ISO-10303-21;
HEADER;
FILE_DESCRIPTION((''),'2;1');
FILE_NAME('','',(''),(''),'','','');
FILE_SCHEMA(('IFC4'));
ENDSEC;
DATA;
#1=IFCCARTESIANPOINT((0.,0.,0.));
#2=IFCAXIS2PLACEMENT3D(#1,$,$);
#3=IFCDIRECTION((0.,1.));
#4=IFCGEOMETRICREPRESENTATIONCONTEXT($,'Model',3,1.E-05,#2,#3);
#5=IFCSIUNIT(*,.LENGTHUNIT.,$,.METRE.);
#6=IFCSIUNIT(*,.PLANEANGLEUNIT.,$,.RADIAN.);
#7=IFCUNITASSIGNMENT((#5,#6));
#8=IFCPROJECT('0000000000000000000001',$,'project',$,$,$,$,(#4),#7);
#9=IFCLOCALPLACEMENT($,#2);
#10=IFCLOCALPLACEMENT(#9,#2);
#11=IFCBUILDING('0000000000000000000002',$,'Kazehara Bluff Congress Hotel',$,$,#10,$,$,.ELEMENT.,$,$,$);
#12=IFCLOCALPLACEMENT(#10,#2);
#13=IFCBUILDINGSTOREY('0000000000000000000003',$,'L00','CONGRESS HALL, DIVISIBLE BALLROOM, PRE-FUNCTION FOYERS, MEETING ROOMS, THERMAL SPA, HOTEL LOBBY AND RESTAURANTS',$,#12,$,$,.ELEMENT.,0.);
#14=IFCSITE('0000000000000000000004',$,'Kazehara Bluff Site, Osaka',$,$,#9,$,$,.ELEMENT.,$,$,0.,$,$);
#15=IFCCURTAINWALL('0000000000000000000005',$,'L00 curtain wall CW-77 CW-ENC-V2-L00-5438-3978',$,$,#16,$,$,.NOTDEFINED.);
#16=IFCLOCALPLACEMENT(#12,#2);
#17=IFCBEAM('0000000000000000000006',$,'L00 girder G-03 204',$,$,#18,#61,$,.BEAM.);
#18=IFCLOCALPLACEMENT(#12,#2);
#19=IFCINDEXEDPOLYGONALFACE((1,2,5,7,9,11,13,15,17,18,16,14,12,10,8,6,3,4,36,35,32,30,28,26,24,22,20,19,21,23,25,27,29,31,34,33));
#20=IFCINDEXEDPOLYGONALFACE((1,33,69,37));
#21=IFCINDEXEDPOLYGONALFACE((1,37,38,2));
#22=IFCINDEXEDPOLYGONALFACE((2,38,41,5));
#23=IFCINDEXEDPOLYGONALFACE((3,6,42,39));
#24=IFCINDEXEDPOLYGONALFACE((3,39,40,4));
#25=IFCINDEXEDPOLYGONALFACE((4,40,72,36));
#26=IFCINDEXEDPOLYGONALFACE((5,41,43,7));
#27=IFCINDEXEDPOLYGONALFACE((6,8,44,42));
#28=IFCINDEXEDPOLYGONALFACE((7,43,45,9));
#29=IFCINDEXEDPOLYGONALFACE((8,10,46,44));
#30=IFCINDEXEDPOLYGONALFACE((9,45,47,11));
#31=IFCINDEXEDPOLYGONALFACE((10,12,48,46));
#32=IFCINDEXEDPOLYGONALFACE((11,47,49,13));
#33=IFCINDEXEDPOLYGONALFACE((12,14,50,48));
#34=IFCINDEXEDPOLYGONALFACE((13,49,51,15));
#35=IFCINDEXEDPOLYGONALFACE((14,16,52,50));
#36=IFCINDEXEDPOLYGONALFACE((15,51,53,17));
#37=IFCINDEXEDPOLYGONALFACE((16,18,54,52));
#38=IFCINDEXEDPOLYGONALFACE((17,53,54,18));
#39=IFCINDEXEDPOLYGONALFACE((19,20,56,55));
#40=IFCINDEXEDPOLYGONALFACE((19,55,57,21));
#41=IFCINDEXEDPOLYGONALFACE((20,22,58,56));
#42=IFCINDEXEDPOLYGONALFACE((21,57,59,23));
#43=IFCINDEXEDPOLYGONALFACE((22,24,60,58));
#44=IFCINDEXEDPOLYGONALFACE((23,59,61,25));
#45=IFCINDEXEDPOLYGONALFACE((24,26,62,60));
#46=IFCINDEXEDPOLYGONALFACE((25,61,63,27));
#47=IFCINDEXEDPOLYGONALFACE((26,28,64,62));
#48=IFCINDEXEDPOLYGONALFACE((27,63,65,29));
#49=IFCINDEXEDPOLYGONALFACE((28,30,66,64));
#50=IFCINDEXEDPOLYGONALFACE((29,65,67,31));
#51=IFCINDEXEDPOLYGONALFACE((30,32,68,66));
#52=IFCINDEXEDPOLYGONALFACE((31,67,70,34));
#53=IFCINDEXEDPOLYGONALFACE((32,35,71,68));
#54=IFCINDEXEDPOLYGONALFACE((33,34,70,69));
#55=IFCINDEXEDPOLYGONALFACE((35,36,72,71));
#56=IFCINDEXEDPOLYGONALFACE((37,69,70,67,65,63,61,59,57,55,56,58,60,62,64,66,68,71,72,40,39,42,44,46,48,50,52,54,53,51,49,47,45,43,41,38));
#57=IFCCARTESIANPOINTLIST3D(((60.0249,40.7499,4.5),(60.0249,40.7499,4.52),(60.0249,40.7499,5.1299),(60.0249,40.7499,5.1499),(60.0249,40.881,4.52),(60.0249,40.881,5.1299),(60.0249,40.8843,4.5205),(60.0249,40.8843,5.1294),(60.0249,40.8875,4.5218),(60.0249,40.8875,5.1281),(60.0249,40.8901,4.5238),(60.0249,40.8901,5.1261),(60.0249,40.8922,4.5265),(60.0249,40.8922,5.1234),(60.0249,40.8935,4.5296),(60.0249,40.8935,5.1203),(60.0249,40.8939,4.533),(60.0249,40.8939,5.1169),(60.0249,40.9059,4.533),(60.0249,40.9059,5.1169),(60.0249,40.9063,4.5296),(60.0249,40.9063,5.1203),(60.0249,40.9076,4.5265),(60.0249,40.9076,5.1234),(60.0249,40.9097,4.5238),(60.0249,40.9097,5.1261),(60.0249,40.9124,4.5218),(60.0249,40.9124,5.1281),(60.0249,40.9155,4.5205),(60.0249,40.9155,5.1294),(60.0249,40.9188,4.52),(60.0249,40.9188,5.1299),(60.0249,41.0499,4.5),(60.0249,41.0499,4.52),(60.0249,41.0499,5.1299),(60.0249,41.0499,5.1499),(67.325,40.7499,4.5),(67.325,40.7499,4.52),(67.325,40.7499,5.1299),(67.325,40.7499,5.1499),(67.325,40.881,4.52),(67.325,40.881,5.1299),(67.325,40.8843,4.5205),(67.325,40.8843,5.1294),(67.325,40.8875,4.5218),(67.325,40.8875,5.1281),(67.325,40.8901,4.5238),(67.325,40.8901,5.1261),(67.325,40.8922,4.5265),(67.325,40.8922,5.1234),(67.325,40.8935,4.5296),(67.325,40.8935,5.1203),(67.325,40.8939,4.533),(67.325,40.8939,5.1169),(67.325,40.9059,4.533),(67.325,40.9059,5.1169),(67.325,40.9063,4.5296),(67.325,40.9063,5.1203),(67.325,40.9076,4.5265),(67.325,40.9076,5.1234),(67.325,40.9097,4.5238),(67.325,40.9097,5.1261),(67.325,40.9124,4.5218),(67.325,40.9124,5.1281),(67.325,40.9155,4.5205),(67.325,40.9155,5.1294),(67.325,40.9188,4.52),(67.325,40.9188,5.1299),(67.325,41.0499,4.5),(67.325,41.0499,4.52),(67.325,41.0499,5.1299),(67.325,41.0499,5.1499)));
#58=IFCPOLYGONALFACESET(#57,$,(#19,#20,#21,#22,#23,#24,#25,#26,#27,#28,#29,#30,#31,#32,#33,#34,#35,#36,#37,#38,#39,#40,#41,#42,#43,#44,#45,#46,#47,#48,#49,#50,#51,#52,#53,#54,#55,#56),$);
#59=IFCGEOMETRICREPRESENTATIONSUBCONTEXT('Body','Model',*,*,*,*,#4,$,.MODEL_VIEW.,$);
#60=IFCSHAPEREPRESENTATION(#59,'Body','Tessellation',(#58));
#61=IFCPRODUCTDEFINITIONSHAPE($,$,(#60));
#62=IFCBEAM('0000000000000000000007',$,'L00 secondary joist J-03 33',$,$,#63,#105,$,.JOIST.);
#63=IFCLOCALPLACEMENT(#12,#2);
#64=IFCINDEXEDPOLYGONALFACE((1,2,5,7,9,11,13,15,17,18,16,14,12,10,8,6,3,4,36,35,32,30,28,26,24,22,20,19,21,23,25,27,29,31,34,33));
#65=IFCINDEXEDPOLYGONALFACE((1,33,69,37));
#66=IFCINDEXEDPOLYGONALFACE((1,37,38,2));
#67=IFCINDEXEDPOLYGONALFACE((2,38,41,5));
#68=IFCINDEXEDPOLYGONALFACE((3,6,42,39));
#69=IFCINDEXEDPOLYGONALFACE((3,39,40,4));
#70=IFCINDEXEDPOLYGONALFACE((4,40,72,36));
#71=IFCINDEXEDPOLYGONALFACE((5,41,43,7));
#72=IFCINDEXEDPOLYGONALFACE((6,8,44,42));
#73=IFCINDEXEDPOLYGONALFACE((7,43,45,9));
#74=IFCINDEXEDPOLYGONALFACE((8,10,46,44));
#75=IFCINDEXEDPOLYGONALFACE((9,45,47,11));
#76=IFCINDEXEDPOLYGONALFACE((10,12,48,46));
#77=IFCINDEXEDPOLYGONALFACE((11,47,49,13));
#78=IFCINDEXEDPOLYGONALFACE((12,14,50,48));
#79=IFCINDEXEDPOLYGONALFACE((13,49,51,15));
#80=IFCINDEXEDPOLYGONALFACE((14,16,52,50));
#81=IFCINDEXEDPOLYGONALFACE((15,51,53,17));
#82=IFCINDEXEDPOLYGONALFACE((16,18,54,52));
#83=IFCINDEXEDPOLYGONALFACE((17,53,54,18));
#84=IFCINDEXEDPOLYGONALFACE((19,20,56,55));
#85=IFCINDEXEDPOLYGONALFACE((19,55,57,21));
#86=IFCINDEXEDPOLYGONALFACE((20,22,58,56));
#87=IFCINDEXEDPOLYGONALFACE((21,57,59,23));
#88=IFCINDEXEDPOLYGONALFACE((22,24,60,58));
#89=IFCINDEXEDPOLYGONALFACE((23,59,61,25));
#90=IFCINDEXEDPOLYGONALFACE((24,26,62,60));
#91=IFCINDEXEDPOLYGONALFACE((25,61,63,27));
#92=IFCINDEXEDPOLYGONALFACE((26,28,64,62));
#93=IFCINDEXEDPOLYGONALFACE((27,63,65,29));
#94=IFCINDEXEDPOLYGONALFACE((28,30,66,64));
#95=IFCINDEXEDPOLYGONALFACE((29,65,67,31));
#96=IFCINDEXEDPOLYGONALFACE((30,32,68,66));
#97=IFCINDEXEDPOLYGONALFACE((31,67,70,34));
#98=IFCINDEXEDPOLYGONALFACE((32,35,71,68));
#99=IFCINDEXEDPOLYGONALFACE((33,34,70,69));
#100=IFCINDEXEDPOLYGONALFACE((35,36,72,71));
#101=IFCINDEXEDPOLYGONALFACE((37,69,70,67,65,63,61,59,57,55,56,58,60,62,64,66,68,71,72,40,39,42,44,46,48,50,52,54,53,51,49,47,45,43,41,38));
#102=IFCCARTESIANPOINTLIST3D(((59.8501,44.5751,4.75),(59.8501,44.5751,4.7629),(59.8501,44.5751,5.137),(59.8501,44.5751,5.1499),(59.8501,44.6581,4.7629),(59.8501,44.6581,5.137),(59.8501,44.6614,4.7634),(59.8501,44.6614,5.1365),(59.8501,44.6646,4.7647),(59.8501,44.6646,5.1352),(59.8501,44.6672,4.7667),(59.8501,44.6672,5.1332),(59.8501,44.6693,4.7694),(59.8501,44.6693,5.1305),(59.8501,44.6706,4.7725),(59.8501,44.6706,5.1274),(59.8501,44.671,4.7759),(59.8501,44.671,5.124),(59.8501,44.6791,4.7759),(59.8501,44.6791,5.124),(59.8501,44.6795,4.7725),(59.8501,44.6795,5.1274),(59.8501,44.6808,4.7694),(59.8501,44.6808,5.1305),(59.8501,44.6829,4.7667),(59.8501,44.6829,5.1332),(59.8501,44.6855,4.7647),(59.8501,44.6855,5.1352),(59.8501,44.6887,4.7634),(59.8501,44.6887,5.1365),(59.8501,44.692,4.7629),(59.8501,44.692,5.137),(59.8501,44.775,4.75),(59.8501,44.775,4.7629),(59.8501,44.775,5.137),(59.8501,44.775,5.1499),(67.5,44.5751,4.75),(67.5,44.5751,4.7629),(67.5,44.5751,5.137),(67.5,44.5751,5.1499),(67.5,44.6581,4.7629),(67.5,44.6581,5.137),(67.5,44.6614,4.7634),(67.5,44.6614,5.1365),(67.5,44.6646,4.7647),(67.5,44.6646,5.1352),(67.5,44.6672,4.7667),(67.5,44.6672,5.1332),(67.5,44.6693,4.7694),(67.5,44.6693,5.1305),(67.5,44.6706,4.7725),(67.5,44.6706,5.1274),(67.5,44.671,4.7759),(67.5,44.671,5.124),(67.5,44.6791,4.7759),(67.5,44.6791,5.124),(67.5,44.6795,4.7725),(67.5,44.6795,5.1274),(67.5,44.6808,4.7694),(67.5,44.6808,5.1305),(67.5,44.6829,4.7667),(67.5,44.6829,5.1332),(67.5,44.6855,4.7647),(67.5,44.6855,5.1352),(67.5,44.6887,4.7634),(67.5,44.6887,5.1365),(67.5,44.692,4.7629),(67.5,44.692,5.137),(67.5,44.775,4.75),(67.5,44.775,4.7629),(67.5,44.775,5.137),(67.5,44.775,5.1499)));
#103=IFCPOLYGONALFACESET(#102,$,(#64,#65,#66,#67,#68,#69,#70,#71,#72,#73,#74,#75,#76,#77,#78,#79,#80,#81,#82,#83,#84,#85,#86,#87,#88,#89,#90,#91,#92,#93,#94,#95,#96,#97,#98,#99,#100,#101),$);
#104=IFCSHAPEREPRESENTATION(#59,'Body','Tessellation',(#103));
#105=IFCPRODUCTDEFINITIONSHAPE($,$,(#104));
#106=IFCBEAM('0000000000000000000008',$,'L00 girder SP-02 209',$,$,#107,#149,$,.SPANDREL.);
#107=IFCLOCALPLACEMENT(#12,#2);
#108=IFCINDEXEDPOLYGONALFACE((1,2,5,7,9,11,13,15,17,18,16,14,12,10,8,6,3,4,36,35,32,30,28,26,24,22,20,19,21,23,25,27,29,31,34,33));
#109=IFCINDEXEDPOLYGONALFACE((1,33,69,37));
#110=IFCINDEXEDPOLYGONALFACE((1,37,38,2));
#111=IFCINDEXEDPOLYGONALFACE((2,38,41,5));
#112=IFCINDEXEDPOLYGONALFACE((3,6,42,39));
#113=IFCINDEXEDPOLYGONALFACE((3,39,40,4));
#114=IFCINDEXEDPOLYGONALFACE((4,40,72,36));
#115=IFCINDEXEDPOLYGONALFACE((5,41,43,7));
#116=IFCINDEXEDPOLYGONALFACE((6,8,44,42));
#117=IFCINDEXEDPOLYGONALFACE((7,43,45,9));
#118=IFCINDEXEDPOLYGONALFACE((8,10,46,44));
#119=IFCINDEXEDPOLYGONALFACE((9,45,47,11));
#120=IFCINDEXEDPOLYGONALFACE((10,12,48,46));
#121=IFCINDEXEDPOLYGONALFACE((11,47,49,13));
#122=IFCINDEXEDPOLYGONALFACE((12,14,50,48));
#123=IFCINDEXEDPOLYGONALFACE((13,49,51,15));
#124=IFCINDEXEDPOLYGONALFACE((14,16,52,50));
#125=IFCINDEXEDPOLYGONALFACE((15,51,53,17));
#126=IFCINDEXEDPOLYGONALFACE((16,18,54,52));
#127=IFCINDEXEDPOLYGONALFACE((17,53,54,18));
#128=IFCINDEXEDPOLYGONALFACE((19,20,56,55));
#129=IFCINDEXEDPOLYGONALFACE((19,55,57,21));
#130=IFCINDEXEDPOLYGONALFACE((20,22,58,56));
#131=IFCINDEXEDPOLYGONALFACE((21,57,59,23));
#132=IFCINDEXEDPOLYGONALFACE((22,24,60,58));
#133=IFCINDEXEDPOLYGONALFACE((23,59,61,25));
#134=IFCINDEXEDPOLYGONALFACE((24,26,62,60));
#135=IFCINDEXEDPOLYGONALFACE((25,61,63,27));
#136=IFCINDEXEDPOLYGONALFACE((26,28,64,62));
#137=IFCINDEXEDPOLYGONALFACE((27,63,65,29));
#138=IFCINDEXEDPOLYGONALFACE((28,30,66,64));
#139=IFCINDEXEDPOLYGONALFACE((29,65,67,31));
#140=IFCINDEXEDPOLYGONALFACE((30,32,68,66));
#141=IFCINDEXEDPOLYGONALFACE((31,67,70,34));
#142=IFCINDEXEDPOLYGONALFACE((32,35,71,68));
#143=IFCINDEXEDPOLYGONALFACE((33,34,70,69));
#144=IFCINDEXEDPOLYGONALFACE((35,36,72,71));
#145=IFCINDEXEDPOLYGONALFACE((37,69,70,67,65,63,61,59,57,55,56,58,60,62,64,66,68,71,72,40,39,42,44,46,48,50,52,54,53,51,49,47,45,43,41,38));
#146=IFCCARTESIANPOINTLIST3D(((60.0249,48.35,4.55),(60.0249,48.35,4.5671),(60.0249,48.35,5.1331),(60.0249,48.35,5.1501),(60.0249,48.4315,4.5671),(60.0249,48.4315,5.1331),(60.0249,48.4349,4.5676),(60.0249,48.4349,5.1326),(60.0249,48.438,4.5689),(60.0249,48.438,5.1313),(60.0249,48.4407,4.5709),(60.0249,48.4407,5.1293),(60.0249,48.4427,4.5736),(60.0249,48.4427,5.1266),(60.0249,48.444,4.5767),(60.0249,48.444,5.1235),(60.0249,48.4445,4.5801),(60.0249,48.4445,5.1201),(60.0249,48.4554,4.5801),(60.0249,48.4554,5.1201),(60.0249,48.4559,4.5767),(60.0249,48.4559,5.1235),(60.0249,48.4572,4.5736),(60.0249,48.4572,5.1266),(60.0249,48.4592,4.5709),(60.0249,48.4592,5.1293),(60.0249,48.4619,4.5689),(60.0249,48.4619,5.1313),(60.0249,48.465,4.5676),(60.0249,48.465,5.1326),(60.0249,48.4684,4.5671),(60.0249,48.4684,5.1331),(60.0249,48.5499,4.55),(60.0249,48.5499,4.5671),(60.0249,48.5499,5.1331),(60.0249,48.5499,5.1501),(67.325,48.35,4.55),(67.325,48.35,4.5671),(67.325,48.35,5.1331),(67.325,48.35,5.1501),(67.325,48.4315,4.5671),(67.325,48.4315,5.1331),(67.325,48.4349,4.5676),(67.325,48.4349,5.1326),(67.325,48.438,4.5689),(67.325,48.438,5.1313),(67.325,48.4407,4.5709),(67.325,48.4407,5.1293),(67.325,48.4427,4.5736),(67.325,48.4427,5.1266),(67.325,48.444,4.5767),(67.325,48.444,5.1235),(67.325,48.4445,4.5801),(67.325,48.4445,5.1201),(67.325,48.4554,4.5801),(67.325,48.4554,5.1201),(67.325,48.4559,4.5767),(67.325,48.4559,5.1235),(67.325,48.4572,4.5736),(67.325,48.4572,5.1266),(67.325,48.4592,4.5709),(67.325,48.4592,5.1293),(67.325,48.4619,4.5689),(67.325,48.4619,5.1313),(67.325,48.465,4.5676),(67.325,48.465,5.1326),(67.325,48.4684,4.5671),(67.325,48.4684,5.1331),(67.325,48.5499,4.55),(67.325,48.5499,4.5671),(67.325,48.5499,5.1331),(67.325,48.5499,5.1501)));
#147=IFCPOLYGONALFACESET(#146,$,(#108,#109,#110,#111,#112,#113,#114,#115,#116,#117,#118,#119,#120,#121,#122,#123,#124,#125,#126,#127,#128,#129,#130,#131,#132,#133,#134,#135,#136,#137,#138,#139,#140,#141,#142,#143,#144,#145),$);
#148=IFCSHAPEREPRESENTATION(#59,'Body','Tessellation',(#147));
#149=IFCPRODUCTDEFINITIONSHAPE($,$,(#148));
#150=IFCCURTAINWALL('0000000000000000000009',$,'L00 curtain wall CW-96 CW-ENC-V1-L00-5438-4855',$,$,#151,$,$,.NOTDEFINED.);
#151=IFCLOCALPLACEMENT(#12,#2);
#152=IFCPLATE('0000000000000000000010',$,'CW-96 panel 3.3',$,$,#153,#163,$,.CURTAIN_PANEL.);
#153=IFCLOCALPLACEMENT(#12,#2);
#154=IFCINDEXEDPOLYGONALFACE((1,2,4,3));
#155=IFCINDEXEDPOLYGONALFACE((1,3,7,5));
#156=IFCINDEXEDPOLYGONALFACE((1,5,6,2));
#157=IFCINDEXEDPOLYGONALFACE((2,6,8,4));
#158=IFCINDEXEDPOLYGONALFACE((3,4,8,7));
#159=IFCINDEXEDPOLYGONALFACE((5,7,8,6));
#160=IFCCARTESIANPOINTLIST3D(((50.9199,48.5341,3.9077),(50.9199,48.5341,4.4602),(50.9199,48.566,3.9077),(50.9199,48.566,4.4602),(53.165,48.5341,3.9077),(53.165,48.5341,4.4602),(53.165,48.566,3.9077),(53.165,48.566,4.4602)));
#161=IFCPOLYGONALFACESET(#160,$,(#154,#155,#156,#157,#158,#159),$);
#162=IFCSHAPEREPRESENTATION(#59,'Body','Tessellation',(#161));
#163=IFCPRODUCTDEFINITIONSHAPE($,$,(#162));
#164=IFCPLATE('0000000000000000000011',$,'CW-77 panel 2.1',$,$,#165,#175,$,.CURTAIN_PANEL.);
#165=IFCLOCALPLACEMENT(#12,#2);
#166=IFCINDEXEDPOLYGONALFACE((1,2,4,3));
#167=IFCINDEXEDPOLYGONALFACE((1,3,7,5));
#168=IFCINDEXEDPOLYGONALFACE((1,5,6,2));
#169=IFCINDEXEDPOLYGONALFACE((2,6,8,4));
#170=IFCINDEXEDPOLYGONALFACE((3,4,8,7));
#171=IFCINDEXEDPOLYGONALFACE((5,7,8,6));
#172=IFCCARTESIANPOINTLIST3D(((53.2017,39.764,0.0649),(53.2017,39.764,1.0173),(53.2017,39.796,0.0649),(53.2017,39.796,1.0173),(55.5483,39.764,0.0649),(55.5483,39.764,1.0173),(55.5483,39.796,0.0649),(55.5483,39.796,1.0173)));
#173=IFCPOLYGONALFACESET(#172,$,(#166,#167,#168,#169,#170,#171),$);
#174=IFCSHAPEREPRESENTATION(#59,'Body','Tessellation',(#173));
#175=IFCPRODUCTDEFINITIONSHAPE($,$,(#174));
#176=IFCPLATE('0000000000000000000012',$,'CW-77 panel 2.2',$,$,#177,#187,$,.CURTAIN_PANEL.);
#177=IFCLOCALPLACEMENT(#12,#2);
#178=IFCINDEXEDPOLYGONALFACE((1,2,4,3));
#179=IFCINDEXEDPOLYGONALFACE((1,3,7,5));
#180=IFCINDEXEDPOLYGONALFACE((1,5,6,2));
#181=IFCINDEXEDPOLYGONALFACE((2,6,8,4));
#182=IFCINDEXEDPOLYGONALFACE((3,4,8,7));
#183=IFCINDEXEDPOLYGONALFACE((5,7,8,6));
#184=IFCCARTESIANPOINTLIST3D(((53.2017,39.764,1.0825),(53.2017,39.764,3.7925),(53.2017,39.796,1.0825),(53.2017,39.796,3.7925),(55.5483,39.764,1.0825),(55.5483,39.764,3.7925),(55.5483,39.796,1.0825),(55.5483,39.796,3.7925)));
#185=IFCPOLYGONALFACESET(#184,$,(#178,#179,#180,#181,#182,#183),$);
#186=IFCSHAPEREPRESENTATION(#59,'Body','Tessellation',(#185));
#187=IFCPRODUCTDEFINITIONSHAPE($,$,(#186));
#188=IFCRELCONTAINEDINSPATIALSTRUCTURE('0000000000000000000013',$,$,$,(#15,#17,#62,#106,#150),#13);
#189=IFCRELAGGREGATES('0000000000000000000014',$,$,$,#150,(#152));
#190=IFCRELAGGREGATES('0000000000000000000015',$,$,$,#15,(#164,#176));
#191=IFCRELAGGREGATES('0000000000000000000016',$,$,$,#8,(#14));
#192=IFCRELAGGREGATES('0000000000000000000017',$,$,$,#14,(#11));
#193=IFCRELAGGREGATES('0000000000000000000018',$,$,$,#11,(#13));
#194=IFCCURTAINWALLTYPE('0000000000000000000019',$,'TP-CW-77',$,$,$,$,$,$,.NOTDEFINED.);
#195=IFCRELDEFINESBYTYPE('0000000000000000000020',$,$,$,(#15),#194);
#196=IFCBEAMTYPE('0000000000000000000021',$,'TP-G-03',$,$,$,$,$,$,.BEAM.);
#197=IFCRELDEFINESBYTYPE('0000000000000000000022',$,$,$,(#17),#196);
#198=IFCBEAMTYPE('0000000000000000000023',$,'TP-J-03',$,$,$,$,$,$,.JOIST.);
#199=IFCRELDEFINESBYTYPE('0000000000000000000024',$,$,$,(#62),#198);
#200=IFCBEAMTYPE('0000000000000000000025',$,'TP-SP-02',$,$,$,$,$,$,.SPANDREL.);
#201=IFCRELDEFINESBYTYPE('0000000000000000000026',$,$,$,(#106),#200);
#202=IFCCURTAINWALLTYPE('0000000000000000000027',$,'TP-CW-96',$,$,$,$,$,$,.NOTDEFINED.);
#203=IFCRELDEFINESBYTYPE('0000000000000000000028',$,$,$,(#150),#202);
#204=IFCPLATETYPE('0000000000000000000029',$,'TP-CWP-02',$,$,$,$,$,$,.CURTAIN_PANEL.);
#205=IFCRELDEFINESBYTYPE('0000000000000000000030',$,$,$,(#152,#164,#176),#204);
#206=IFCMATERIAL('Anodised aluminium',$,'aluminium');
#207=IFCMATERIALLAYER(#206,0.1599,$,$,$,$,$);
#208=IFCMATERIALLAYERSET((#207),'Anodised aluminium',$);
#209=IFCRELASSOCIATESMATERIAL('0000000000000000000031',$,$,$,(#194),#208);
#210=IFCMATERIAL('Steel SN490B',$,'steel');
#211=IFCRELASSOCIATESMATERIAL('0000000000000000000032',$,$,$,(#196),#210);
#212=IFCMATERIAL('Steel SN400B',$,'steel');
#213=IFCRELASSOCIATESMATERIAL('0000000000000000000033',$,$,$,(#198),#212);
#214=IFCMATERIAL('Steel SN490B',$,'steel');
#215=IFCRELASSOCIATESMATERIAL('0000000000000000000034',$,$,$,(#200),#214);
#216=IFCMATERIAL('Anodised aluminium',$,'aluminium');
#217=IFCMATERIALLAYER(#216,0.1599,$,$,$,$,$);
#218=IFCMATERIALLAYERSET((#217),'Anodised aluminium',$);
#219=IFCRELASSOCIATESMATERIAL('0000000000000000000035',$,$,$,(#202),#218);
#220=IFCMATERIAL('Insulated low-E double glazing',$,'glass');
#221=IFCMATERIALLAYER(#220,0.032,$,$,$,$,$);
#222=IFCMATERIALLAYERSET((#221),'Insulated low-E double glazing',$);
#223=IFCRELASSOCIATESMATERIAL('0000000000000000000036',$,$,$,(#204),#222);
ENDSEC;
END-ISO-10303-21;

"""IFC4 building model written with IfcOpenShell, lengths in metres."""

from ifc_helpers import new_model, si_unit, direction, frame, origin, origin_2d, place, context, subcontext, project, spatial, rectangle, i_section, extrude, material, layer, layer_set, material_profile, profile_set, type_object, element, aggregate, save


model = new_model("IFC4")

# Units and contexts
model_context = context("Model", 3, precision=1e-05, world=origin(), true_north=direction((0.0, 1.0)))
body_context = subcontext(model_context, "Body", "Model", "MODEL_VIEW")
ifc_project = project(units=[si_unit("LENGTHUNIT", "METRE"), si_unit("PLANEANGLEUNIT", "RADIAN")], contexts=[model_context])

# Site, building, storey
site_placement = place(None, origin())
site = spatial("IfcSite", under=ifc_project, at=site_placement, Name="Kazehara Bluff Site, Osaka", CompositionType="ELEMENT", RefElevation=0.0)
building_placement = place(site_placement, origin())
building = spatial("IfcBuilding", under=site, at=building_placement, Name="Kazehara Bluff Congress Hotel", CompositionType="ELEMENT")
storey_placement = place(building_placement, origin())
storey = spatial("IfcBuildingStorey", under=building, at=storey_placement, Name="L00", Description="CONGRESS HALL, DIVISIBLE BALLROOM, PRE-FUNCTION FOYERS, MEETING ROOMS, THERMAL SPA, HOTEL LOBBY AND RESTAURANTS", CompositionType="ELEMENT", Elevation=0.0)

# Curtain wall
ifc_material_1 = material(Name="Anodised aluminium", Category="aluminium")
ifc_layer_1 = layer(ifc_material_1, 0.1599)
ifc_layer_set_1 = layer_set([ifc_layer_1], Name="Anodised aluminium")
curtain_wall_type_1 = type_object("IfcCurtainWallType", Name="TP-CW-77", PredefinedType="NOTDEFINED", material=ifc_layer_set_1)
curtain_wall_1_placement = place(storey_placement, origin())
curtain_wall_1 = element("IfcCurtainWall", 1, at=curtain_wall_1_placement, inside=storey, type_object=curtain_wall_type_1, Name="L00 curtain wall CW-77 CW-ENC-V2-L00-5438-3978", PredefinedType="NOTDEFINED")

# Beams
ifc_material_2 = material(Name="Steel SN490B", Category="steel")
ifc_material_profile_1 = material_profile(ifc_material_2, i_section(OverallWidth=0.3, OverallDepth=0.6499, WebThickness=0.012, FlangeThickness=0.02, FilletRadius=0.0129, at=origin_2d()))
ifc_profile_set_1 = profile_set([ifc_material_profile_1], Name="Steel SN490B")
beam_type_1 = type_object("IfcBeamType", Name="TP-G-03", PredefinedType="BEAM", material=ifc_profile_set_1)
beam_1_placement = place(storey_placement, frame((60.0249, 40.8999, 4.825), z_axis=(1.0, 0.0, 0.0), x_axis=(0.0, 1.0, 0.0)))
element("IfcBeam", 2, at=beam_1_placement, inside=storey, type_object=beam_type_1, Name="L00 girder G-03 204", PredefinedType="BEAM", context=body_context, shape_type="SweptSolid", body=[
    extrude(i_section(OverallWidth=0.3, OverallDepth=0.6499, WebThickness=0.012, FlangeThickness=0.02, FilletRadius=0.0129, at=origin_2d()), origin(), (0.0, 0.0, 1.0), 7.3),
])
ifc_material_3 = material(Name="Steel SN400B", Category="steel")
ifc_material_profile_2 = material_profile(ifc_material_3, i_section(OverallWidth=0.2, OverallDepth=0.3999, WebThickness=0.0081, FlangeThickness=0.0129, FilletRadius=0.0129, at=origin_2d()))
ifc_profile_set_2 = profile_set([ifc_material_profile_2], Name="Steel SN400B")
beam_type_2 = type_object("IfcBeamType", Name="TP-J-03", PredefinedType="JOIST", material=ifc_profile_set_2)
beam_2_placement = place(storey_placement, frame((59.8501, 44.675, 4.95), z_axis=(1.0, 0.0, 0.0), x_axis=(0.0, 1.0, 0.0)))
element("IfcBeam", 3, at=beam_2_placement, inside=storey, type_object=beam_type_2, Name="L00 secondary joist J-03 33", PredefinedType="JOIST", context=body_context, shape_type="SweptSolid", body=[
    extrude(i_section(OverallWidth=0.2, OverallDepth=0.3999, WebThickness=0.0081, FlangeThickness=0.0129, FilletRadius=0.0129, at=origin_2d()), origin(), (0.0, 0.0, 1.0), 7.6499),
])
ifc_material_4 = material(Name="Steel SN490B", Category="steel")
ifc_material_profile_3 = material_profile(ifc_material_4, i_section(OverallWidth=0.2, OverallDepth=0.6001, WebThickness=0.011, FlangeThickness=0.0171, FilletRadius=0.0129, at=origin_2d()))
ifc_profile_set_3 = profile_set([ifc_material_profile_3], Name="Steel SN490B")
beam_type_3 = type_object("IfcBeamType", Name="TP-SP-02", PredefinedType="SPANDREL", material=ifc_profile_set_3)
beam_3_placement = place(storey_placement, frame((60.0249, 48.45, 4.8501), z_axis=(1.0, 0.0, 0.0), x_axis=(0.0, 1.0, 0.0)))
element("IfcBeam", 4, at=beam_3_placement, inside=storey, type_object=beam_type_3, Name="L00 girder SP-02 209", PredefinedType="SPANDREL", context=body_context, shape_type="SweptSolid", body=[
    extrude(i_section(OverallWidth=0.2, OverallDepth=0.6001, WebThickness=0.011, FlangeThickness=0.0171, FilletRadius=0.0129, at=origin_2d()), origin(), (0.0, 0.0, 1.0), 7.3),
])

# Curtain wall, plate
ifc_material_5 = material(Name="Anodised aluminium", Category="aluminium")
ifc_layer_2 = layer(ifc_material_5, 0.1599)
ifc_layer_set_2 = layer_set([ifc_layer_2], Name="Anodised aluminium")
curtain_wall_type_2 = type_object("IfcCurtainWallType", Name="TP-CW-96", PredefinedType="NOTDEFINED", material=ifc_layer_set_2)
curtain_wall_2_placement = place(storey_placement, origin())
curtain_wall_2 = element("IfcCurtainWall", 5, at=curtain_wall_2_placement, inside=storey, type_object=curtain_wall_type_2, Name="L00 curtain wall CW-96 CW-ENC-V1-L00-5438-4855", PredefinedType="NOTDEFINED")
ifc_material_6 = material(Name="Insulated low-E double glazing", Category="glass")
ifc_layer_3 = layer(ifc_material_6, 0.032)
ifc_layer_set_3 = layer_set([ifc_layer_3], Name="Insulated low-E double glazing")
plate_type = type_object("IfcPlateType", Name="TP-CWP-02", PredefinedType="CURTAIN_PANEL", material=ifc_layer_set_3)
plate_1_placement = place(storey_placement, frame((52.0425, 48.55, 3.9077), z_axis=(0.0, 0.0, 1.0), x_axis=(-1.0, 0.0, 0.0)))
plate_1 = element("IfcPlate", 6, at=plate_1_placement, type_object=plate_type, Name="CW-96 panel 3.3", PredefinedType="CURTAIN_PANEL", context=body_context, shape_type="SweptSolid", body=[
    extrude(rectangle(XDim=2.2451, YDim=0.032, at=origin_2d()), origin(), (0.0, 0.0, 1.0), 0.5525),
])
aggregate(curtain_wall_2, [plate_1])

# Plates
plate_2_placement = place(storey_placement, frame((54.375, 39.78, 0.0649), z_axis=(0.0, 0.0, 1.0), x_axis=(1.0, 0.0, 0.0)))
plate_2 = element("IfcPlate", 7, at=plate_2_placement, type_object=plate_type, Name="CW-77 panel 2.1", PredefinedType="CURTAIN_PANEL", context=body_context, shape_type="SweptSolid", body=[
    extrude(rectangle(XDim=2.3467, YDim=0.032, at=origin_2d()), origin(), (0.0, 0.0, 1.0), 0.9524),
])
plate_3_placement = place(storey_placement, frame((54.375, 39.78, 1.0825), z_axis=(0.0, 0.0, 1.0), x_axis=(1.0, 0.0, 0.0)))
plate_3 = element("IfcPlate", 8, at=plate_3_placement, type_object=plate_type, Name="CW-77 panel 2.2", PredefinedType="CURTAIN_PANEL", context=body_context, shape_type="SweptSolid", body=[
    extrude(rectangle(XDim=2.3467, YDim=0.032, at=origin_2d()), origin(), (0.0, 0.0, 1.0), 2.71),
])
aggregate(curtain_wall_1, [plate_2, plate_3])

save(model, "model.ifc")
